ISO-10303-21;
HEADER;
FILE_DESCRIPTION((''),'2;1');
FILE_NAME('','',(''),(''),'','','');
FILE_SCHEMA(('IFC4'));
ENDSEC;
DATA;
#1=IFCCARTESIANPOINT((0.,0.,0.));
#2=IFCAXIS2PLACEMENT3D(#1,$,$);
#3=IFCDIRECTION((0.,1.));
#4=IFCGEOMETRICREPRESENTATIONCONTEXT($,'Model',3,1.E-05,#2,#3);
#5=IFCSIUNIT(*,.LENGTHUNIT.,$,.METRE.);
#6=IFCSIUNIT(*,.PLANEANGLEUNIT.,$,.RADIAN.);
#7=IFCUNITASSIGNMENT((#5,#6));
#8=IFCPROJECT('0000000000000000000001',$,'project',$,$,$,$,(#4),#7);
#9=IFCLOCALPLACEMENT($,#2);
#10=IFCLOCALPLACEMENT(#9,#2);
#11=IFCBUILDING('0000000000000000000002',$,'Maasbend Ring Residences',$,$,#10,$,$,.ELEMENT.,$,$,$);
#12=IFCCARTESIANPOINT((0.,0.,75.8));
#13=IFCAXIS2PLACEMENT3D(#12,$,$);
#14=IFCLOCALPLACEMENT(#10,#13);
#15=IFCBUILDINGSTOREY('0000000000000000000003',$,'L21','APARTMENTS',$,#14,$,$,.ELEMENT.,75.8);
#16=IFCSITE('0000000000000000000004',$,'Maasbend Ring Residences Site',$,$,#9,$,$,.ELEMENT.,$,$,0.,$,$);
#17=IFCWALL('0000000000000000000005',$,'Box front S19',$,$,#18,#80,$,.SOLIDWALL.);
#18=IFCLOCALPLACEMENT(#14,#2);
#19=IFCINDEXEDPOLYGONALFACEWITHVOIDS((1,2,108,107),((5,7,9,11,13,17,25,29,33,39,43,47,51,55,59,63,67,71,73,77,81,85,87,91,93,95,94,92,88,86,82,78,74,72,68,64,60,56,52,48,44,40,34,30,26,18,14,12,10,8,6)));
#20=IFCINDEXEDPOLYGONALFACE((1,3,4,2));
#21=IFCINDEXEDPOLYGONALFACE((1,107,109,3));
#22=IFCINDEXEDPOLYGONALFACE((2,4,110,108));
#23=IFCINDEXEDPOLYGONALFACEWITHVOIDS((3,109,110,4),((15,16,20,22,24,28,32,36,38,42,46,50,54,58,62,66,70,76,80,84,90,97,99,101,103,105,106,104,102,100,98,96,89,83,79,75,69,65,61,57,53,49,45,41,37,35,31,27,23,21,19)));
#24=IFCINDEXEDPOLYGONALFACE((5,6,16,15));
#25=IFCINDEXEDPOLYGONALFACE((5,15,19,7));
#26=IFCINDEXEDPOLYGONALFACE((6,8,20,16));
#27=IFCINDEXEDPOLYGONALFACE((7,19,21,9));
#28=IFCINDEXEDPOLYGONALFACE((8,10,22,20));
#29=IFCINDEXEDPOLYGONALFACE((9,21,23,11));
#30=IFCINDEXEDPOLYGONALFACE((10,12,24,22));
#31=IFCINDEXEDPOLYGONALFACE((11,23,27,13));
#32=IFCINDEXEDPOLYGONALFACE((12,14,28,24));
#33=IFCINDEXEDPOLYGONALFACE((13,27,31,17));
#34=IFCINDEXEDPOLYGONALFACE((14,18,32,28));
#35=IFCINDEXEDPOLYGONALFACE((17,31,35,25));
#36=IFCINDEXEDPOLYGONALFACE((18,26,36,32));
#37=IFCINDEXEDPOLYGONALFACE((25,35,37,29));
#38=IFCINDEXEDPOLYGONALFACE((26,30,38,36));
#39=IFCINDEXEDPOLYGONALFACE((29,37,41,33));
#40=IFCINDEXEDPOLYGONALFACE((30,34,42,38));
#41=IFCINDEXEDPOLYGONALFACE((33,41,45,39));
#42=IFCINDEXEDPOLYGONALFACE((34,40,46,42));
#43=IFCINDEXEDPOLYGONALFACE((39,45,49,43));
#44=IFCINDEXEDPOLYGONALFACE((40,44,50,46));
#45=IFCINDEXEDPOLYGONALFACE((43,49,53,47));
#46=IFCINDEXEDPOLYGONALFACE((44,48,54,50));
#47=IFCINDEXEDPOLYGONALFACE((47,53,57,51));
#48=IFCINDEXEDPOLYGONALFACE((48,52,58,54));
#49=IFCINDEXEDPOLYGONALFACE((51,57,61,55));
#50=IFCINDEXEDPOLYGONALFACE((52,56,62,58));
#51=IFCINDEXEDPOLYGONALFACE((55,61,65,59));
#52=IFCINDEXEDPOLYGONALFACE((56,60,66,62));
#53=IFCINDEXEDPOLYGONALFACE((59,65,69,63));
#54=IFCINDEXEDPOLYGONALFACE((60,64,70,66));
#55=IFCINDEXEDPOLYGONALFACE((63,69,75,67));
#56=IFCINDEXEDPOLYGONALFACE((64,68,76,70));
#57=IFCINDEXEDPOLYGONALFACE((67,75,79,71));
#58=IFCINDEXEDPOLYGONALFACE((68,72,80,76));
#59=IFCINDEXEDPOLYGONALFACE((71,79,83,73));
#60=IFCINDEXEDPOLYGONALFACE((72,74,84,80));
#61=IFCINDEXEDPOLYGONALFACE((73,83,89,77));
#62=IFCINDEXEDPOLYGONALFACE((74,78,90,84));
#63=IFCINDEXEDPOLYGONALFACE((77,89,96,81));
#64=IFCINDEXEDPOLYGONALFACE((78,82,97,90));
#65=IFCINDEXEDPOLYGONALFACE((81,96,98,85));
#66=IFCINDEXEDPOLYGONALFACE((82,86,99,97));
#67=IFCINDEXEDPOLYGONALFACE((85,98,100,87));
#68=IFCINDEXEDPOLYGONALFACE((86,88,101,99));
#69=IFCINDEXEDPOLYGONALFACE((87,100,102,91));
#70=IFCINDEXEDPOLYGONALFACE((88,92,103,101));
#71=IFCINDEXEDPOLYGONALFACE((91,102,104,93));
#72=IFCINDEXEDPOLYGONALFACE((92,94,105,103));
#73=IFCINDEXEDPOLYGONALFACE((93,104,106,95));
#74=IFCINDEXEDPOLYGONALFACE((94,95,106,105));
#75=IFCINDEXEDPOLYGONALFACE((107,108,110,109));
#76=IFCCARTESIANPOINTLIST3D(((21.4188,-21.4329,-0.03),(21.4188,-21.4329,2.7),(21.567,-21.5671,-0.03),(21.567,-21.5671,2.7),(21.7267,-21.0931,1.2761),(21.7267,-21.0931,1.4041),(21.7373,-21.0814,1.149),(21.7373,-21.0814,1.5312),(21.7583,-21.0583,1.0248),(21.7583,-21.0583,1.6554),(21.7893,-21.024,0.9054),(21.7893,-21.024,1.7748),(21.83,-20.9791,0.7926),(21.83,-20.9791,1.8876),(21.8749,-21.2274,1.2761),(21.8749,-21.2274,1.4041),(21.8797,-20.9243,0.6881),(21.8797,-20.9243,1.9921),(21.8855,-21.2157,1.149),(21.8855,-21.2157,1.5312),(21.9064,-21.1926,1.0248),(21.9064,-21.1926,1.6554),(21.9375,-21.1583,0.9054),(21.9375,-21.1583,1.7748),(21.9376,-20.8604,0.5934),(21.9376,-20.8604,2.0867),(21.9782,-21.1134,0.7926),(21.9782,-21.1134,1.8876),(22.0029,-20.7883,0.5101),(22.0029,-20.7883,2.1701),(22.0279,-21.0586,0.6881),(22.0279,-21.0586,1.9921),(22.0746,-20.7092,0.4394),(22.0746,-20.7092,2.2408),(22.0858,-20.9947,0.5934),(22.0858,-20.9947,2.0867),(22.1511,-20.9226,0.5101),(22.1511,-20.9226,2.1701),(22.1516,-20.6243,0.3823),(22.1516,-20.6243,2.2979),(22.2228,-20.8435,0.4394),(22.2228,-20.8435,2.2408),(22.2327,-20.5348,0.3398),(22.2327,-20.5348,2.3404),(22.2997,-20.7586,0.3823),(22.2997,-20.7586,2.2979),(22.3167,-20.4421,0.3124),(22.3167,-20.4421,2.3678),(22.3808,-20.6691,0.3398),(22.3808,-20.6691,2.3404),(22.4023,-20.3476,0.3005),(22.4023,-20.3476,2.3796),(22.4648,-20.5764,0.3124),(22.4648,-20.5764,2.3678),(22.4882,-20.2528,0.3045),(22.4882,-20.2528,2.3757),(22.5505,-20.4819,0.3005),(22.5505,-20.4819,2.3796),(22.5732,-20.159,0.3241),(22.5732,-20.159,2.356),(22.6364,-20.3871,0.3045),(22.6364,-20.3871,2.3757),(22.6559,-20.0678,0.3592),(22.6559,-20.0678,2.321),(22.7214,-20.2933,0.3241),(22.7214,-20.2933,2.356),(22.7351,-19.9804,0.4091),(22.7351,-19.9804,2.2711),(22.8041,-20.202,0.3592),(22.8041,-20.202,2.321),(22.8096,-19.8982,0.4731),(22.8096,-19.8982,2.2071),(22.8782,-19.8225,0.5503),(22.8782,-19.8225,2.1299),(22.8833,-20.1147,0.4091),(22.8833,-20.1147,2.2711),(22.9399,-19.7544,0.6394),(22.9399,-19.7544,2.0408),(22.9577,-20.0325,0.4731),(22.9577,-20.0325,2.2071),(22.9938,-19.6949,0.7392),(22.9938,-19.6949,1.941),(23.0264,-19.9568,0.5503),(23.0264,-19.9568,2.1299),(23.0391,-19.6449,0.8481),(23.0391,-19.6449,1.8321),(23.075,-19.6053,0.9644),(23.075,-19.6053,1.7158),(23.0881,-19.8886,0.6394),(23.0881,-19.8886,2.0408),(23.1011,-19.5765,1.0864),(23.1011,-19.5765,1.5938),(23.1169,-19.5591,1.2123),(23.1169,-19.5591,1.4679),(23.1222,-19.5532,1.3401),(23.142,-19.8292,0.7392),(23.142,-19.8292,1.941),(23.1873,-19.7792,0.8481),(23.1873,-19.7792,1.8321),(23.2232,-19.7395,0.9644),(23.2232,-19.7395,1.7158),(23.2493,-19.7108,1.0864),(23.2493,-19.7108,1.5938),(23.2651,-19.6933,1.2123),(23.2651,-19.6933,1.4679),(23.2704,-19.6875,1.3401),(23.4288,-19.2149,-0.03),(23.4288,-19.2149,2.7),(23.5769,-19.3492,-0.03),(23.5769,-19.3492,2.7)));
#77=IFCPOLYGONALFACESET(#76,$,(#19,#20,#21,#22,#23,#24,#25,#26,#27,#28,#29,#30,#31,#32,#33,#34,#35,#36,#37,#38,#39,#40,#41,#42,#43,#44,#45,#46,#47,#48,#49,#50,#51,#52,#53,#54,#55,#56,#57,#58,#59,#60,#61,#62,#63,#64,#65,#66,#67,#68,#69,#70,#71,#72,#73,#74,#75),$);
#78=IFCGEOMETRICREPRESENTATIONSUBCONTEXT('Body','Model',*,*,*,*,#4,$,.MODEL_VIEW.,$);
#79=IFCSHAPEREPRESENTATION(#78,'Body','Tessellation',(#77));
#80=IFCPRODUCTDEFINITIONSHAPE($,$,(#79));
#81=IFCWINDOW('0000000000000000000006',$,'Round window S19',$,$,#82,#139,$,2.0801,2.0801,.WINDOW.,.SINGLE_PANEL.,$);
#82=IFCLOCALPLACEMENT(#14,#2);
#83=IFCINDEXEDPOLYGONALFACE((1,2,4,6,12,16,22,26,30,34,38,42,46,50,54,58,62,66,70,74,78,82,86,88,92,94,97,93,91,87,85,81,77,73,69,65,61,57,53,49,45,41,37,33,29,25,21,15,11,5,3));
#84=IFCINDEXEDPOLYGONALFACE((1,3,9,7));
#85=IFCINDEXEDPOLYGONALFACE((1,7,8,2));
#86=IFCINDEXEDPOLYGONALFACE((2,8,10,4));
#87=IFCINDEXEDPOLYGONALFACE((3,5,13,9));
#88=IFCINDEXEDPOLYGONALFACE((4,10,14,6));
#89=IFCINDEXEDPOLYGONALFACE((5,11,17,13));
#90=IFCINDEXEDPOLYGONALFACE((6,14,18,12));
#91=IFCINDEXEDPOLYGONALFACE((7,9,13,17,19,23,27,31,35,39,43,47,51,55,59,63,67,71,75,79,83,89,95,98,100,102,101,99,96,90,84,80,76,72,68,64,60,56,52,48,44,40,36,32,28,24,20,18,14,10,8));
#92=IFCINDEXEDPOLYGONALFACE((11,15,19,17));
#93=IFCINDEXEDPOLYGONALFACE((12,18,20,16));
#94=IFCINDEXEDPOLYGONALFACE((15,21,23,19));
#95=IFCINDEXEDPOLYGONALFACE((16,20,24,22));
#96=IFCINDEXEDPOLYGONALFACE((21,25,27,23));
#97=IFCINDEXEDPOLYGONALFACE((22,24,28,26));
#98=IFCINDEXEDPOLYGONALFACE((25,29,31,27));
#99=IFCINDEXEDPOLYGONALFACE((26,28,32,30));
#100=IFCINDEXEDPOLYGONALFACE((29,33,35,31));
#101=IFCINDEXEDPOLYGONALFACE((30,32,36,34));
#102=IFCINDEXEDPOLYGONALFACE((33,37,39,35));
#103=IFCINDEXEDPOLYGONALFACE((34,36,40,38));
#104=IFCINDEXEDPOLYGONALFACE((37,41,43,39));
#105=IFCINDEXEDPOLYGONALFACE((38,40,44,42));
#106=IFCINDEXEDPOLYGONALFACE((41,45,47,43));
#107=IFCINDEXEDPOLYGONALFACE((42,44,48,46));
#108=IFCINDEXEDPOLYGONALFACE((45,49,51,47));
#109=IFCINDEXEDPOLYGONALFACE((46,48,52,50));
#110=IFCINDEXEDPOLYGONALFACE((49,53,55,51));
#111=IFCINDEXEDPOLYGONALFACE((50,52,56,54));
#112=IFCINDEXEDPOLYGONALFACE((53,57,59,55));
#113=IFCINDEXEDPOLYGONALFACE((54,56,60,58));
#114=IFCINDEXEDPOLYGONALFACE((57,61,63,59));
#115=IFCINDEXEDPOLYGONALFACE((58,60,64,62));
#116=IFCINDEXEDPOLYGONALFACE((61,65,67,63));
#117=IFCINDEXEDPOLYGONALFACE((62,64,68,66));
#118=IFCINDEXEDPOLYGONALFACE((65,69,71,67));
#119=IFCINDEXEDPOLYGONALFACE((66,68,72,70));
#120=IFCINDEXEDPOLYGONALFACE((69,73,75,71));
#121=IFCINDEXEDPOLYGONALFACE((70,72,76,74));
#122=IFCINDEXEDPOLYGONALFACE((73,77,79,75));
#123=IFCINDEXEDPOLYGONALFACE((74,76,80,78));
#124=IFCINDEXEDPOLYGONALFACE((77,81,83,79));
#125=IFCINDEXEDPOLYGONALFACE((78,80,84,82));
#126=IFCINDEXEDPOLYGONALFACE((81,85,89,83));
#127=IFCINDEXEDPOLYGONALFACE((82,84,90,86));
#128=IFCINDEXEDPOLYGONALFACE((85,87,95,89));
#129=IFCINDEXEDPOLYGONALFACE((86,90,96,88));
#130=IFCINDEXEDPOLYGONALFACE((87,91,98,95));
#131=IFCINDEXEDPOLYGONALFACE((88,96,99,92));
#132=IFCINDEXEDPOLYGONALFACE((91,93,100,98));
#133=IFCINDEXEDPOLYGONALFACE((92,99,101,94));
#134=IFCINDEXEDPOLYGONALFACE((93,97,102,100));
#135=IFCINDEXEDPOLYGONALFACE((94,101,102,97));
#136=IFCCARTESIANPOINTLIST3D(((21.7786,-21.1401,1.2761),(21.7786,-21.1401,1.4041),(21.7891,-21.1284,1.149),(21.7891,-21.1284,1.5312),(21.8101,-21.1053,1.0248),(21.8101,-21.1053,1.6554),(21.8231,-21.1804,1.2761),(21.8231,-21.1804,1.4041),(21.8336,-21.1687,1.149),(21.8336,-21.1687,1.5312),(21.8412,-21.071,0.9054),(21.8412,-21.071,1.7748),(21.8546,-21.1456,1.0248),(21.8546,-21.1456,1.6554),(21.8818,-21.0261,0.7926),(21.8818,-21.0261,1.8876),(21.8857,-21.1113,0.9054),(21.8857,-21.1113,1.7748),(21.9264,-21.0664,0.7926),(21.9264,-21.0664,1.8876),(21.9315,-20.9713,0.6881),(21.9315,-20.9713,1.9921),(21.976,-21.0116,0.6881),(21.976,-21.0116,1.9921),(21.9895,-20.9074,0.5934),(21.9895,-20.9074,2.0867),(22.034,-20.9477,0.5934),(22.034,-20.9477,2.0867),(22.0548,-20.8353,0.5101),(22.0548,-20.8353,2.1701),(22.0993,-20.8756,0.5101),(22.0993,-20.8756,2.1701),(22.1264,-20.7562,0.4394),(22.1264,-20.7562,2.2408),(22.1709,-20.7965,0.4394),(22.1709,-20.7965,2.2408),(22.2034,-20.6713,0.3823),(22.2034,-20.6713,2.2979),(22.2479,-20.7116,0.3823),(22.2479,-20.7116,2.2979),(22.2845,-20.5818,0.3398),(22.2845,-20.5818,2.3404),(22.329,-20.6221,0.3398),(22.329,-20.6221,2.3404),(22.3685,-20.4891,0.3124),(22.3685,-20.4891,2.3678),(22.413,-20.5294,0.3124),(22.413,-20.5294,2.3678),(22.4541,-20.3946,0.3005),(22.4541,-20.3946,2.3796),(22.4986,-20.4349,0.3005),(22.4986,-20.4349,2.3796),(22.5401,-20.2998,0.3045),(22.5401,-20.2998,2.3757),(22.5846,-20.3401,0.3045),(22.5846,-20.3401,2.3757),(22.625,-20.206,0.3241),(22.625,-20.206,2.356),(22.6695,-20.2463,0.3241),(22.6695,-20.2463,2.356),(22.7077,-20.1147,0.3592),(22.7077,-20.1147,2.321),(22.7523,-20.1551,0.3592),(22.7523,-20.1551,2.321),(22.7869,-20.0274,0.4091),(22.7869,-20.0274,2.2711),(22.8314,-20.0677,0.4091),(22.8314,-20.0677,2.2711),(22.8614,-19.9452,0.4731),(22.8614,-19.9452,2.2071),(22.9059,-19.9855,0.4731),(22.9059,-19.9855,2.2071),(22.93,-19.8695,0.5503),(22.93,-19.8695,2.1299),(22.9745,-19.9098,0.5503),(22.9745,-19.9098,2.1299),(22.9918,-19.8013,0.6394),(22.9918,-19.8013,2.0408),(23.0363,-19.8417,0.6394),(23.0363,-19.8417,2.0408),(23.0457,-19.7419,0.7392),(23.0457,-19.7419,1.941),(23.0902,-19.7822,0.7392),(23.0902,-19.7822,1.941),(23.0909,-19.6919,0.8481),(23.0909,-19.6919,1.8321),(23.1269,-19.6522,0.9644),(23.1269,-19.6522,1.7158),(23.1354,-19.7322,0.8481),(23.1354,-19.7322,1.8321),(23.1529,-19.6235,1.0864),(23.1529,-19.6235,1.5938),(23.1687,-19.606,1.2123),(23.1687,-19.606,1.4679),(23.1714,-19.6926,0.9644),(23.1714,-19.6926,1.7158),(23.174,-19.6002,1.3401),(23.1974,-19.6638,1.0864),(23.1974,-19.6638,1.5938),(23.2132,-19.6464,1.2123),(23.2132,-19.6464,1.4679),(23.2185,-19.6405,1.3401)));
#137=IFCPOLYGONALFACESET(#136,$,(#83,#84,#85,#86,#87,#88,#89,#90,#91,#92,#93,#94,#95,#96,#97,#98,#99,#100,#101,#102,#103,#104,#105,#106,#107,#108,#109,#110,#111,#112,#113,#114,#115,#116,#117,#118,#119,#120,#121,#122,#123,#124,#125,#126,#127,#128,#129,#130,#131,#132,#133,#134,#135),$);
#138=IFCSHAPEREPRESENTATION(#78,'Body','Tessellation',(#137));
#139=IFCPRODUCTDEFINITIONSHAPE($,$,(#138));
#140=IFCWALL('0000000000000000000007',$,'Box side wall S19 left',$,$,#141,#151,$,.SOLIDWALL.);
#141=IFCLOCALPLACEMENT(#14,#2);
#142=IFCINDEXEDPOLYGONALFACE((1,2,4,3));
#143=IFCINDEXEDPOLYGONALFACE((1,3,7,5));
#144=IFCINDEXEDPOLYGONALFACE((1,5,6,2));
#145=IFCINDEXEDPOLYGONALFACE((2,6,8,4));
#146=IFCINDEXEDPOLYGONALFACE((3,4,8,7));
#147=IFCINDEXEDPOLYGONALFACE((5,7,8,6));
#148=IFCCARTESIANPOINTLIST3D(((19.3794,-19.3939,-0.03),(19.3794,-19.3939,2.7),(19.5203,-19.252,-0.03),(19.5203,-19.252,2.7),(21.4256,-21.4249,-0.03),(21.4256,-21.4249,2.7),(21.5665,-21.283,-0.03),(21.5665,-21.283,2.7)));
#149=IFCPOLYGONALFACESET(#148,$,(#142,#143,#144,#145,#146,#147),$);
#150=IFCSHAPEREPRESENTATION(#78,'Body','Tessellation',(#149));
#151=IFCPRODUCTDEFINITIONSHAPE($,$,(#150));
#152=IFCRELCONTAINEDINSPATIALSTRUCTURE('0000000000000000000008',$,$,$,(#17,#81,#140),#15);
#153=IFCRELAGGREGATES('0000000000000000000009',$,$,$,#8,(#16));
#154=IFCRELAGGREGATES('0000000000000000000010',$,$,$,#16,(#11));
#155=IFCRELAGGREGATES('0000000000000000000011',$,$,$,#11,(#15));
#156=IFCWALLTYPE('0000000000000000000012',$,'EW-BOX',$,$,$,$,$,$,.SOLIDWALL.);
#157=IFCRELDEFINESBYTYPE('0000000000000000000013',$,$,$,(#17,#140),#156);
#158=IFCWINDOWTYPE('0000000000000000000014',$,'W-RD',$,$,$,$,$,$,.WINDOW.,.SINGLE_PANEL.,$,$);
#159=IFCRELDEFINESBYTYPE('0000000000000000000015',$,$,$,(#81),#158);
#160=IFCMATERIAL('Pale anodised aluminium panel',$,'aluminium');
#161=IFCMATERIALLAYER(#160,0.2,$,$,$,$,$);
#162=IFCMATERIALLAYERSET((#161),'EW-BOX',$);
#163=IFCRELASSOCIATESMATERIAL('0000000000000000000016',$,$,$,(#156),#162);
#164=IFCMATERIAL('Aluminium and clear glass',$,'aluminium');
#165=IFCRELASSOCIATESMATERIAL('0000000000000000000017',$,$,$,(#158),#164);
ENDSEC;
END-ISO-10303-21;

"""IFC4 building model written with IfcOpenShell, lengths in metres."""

from ifc_helpers import new_model, si_unit, direction, frame, frame_2d, origin, place, context, subcontext, project, spatial, rectangle, circle, extrude, material, layer, layer_set, type_object, element, fill, save


model = new_model("IFC4")

# Units and contexts
model_context = context("Model", 3, precision=1e-05, world=origin(), true_north=direction((0.0, 1.0)))
body_context = subcontext(model_context, "Body", "Model", "MODEL_VIEW")
ifc_project = project(units=[si_unit("LENGTHUNIT", "METRE"), si_unit("PLANEANGLEUNIT", "RADIAN")], contexts=[model_context])

# Site, building, storey
site_placement = place(None, origin())
site = spatial("IfcSite", under=ifc_project, at=site_placement, Name="Maasbend Ring Residences Site", CompositionType="ELEMENT", RefElevation=0.0)
building_placement = place(site_placement, origin())
building = spatial("IfcBuilding", under=site, at=building_placement, Name="Maasbend Ring Residences", CompositionType="ELEMENT")
storey_placement = place(building_placement, frame((0.0, 0.0, 75.8)))
storey = spatial("IfcBuildingStorey", under=building, at=storey_placement, Name="L21", Description="APARTMENTS", CompositionType="ELEMENT", Elevation=75.8)

# Shared definitions
ifc_material_1 = material(Name="Pale anodised aluminium panel", Category="aluminium")
ifc_layer_1 = layer(ifc_material_1, 0.2)
ifc_layer_set_1 = layer_set([ifc_layer_1], Name="EW-BOX")
wall_type_1 = type_object("IfcWallType", Name="EW-BOX", PredefinedType="SOLIDWALL", material=ifc_layer_set_1)
ifc_material_2 = material(Name="Aluminium and clear glass", Category="aluminium")
window_type_1 = type_object("IfcWindowType", Name="W-RD", PartitioningType="SINGLE_PANEL", PredefinedType="WINDOW", material=ifc_material_2)

# Wall, opening, window
wall_1_placement = place(storey_placement, frame((21.4929, -21.5, -0.03), z_axis=(0.0, 0.0, 1.0), x_axis=(0.671507, 0.740998, 0.0)))
wall_1 = element("IfcWall", 1, at=wall_1_placement, inside=storey, type_object=wall_type_1, Name="Box front S19", PredefinedType="SOLIDWALL", context=body_context, shape_type="SweptSolid", body=[
    extrude(rectangle(XDim=2.9932, YDim=0.2, at=frame_2d((1.4966, 0.0))), origin(), (0.0, 0.0, 1.0), 2.73),
])
opening_1_placement = place(wall_1_placement, frame((0.4565, 0.0, 0.3301)))
opening_1 = element("IfcOpeningElement", 2, at=opening_1_placement, cuts=wall_1, PredefinedType="OPENING", context=body_context, shape_type="SweptSolid", body=[
    extrude(circle(Radius=1.04, at=frame_2d((1.04, 1.04))), frame((0.0, 0.1099, 0.0), z_axis=(0.0, -1.0, 0.0), x_axis=(1.0, 0.0, 0.0)), (0.0, 0.0, 1.0), 0.22),
])
window_1_placement = place(opening_1_placement, origin())
window_1 = element("IfcWindow", 3, at=window_1_placement, inside=storey, type_object=window_type_1, Name="Round window S19", OverallHeight=2.0801, OverallWidth=2.0801, PartitioningType="SINGLE_PANEL", PredefinedType="WINDOW", context=body_context, shape_type="SweptSolid", body=[
    extrude(circle(Radius=1.04, at=frame_2d((1.04, 1.04))), frame((0.0, 0.03, 0.0), z_axis=(0.0, -1.0, 0.0), x_axis=(1.0, 0.0, 0.0)), (0.0, 0.0, 1.0), 0.0601),
])
fill(opening_1, window_1)

# Wall
wall_2_placement = place(storey_placement, frame((19.45, -19.323, -0.03), z_axis=(0.0, 0.0, 1.0), x_axis=(0.709727, -0.704477, 0.0)))
element("IfcWall", 4, at=wall_2_placement, inside=storey, type_object=wall_type_1, Name="Box side wall S19 left", PredefinedType="SOLIDWALL", context=body_context, shape_type="SweptSolid", body=[
    extrude(rectangle(XDim=2.8831, YDim=0.2, at=frame_2d((1.4414, 0.0))), origin(), (0.0, 0.0, 1.0), 2.73),
])

save(model, "model.ifc")
